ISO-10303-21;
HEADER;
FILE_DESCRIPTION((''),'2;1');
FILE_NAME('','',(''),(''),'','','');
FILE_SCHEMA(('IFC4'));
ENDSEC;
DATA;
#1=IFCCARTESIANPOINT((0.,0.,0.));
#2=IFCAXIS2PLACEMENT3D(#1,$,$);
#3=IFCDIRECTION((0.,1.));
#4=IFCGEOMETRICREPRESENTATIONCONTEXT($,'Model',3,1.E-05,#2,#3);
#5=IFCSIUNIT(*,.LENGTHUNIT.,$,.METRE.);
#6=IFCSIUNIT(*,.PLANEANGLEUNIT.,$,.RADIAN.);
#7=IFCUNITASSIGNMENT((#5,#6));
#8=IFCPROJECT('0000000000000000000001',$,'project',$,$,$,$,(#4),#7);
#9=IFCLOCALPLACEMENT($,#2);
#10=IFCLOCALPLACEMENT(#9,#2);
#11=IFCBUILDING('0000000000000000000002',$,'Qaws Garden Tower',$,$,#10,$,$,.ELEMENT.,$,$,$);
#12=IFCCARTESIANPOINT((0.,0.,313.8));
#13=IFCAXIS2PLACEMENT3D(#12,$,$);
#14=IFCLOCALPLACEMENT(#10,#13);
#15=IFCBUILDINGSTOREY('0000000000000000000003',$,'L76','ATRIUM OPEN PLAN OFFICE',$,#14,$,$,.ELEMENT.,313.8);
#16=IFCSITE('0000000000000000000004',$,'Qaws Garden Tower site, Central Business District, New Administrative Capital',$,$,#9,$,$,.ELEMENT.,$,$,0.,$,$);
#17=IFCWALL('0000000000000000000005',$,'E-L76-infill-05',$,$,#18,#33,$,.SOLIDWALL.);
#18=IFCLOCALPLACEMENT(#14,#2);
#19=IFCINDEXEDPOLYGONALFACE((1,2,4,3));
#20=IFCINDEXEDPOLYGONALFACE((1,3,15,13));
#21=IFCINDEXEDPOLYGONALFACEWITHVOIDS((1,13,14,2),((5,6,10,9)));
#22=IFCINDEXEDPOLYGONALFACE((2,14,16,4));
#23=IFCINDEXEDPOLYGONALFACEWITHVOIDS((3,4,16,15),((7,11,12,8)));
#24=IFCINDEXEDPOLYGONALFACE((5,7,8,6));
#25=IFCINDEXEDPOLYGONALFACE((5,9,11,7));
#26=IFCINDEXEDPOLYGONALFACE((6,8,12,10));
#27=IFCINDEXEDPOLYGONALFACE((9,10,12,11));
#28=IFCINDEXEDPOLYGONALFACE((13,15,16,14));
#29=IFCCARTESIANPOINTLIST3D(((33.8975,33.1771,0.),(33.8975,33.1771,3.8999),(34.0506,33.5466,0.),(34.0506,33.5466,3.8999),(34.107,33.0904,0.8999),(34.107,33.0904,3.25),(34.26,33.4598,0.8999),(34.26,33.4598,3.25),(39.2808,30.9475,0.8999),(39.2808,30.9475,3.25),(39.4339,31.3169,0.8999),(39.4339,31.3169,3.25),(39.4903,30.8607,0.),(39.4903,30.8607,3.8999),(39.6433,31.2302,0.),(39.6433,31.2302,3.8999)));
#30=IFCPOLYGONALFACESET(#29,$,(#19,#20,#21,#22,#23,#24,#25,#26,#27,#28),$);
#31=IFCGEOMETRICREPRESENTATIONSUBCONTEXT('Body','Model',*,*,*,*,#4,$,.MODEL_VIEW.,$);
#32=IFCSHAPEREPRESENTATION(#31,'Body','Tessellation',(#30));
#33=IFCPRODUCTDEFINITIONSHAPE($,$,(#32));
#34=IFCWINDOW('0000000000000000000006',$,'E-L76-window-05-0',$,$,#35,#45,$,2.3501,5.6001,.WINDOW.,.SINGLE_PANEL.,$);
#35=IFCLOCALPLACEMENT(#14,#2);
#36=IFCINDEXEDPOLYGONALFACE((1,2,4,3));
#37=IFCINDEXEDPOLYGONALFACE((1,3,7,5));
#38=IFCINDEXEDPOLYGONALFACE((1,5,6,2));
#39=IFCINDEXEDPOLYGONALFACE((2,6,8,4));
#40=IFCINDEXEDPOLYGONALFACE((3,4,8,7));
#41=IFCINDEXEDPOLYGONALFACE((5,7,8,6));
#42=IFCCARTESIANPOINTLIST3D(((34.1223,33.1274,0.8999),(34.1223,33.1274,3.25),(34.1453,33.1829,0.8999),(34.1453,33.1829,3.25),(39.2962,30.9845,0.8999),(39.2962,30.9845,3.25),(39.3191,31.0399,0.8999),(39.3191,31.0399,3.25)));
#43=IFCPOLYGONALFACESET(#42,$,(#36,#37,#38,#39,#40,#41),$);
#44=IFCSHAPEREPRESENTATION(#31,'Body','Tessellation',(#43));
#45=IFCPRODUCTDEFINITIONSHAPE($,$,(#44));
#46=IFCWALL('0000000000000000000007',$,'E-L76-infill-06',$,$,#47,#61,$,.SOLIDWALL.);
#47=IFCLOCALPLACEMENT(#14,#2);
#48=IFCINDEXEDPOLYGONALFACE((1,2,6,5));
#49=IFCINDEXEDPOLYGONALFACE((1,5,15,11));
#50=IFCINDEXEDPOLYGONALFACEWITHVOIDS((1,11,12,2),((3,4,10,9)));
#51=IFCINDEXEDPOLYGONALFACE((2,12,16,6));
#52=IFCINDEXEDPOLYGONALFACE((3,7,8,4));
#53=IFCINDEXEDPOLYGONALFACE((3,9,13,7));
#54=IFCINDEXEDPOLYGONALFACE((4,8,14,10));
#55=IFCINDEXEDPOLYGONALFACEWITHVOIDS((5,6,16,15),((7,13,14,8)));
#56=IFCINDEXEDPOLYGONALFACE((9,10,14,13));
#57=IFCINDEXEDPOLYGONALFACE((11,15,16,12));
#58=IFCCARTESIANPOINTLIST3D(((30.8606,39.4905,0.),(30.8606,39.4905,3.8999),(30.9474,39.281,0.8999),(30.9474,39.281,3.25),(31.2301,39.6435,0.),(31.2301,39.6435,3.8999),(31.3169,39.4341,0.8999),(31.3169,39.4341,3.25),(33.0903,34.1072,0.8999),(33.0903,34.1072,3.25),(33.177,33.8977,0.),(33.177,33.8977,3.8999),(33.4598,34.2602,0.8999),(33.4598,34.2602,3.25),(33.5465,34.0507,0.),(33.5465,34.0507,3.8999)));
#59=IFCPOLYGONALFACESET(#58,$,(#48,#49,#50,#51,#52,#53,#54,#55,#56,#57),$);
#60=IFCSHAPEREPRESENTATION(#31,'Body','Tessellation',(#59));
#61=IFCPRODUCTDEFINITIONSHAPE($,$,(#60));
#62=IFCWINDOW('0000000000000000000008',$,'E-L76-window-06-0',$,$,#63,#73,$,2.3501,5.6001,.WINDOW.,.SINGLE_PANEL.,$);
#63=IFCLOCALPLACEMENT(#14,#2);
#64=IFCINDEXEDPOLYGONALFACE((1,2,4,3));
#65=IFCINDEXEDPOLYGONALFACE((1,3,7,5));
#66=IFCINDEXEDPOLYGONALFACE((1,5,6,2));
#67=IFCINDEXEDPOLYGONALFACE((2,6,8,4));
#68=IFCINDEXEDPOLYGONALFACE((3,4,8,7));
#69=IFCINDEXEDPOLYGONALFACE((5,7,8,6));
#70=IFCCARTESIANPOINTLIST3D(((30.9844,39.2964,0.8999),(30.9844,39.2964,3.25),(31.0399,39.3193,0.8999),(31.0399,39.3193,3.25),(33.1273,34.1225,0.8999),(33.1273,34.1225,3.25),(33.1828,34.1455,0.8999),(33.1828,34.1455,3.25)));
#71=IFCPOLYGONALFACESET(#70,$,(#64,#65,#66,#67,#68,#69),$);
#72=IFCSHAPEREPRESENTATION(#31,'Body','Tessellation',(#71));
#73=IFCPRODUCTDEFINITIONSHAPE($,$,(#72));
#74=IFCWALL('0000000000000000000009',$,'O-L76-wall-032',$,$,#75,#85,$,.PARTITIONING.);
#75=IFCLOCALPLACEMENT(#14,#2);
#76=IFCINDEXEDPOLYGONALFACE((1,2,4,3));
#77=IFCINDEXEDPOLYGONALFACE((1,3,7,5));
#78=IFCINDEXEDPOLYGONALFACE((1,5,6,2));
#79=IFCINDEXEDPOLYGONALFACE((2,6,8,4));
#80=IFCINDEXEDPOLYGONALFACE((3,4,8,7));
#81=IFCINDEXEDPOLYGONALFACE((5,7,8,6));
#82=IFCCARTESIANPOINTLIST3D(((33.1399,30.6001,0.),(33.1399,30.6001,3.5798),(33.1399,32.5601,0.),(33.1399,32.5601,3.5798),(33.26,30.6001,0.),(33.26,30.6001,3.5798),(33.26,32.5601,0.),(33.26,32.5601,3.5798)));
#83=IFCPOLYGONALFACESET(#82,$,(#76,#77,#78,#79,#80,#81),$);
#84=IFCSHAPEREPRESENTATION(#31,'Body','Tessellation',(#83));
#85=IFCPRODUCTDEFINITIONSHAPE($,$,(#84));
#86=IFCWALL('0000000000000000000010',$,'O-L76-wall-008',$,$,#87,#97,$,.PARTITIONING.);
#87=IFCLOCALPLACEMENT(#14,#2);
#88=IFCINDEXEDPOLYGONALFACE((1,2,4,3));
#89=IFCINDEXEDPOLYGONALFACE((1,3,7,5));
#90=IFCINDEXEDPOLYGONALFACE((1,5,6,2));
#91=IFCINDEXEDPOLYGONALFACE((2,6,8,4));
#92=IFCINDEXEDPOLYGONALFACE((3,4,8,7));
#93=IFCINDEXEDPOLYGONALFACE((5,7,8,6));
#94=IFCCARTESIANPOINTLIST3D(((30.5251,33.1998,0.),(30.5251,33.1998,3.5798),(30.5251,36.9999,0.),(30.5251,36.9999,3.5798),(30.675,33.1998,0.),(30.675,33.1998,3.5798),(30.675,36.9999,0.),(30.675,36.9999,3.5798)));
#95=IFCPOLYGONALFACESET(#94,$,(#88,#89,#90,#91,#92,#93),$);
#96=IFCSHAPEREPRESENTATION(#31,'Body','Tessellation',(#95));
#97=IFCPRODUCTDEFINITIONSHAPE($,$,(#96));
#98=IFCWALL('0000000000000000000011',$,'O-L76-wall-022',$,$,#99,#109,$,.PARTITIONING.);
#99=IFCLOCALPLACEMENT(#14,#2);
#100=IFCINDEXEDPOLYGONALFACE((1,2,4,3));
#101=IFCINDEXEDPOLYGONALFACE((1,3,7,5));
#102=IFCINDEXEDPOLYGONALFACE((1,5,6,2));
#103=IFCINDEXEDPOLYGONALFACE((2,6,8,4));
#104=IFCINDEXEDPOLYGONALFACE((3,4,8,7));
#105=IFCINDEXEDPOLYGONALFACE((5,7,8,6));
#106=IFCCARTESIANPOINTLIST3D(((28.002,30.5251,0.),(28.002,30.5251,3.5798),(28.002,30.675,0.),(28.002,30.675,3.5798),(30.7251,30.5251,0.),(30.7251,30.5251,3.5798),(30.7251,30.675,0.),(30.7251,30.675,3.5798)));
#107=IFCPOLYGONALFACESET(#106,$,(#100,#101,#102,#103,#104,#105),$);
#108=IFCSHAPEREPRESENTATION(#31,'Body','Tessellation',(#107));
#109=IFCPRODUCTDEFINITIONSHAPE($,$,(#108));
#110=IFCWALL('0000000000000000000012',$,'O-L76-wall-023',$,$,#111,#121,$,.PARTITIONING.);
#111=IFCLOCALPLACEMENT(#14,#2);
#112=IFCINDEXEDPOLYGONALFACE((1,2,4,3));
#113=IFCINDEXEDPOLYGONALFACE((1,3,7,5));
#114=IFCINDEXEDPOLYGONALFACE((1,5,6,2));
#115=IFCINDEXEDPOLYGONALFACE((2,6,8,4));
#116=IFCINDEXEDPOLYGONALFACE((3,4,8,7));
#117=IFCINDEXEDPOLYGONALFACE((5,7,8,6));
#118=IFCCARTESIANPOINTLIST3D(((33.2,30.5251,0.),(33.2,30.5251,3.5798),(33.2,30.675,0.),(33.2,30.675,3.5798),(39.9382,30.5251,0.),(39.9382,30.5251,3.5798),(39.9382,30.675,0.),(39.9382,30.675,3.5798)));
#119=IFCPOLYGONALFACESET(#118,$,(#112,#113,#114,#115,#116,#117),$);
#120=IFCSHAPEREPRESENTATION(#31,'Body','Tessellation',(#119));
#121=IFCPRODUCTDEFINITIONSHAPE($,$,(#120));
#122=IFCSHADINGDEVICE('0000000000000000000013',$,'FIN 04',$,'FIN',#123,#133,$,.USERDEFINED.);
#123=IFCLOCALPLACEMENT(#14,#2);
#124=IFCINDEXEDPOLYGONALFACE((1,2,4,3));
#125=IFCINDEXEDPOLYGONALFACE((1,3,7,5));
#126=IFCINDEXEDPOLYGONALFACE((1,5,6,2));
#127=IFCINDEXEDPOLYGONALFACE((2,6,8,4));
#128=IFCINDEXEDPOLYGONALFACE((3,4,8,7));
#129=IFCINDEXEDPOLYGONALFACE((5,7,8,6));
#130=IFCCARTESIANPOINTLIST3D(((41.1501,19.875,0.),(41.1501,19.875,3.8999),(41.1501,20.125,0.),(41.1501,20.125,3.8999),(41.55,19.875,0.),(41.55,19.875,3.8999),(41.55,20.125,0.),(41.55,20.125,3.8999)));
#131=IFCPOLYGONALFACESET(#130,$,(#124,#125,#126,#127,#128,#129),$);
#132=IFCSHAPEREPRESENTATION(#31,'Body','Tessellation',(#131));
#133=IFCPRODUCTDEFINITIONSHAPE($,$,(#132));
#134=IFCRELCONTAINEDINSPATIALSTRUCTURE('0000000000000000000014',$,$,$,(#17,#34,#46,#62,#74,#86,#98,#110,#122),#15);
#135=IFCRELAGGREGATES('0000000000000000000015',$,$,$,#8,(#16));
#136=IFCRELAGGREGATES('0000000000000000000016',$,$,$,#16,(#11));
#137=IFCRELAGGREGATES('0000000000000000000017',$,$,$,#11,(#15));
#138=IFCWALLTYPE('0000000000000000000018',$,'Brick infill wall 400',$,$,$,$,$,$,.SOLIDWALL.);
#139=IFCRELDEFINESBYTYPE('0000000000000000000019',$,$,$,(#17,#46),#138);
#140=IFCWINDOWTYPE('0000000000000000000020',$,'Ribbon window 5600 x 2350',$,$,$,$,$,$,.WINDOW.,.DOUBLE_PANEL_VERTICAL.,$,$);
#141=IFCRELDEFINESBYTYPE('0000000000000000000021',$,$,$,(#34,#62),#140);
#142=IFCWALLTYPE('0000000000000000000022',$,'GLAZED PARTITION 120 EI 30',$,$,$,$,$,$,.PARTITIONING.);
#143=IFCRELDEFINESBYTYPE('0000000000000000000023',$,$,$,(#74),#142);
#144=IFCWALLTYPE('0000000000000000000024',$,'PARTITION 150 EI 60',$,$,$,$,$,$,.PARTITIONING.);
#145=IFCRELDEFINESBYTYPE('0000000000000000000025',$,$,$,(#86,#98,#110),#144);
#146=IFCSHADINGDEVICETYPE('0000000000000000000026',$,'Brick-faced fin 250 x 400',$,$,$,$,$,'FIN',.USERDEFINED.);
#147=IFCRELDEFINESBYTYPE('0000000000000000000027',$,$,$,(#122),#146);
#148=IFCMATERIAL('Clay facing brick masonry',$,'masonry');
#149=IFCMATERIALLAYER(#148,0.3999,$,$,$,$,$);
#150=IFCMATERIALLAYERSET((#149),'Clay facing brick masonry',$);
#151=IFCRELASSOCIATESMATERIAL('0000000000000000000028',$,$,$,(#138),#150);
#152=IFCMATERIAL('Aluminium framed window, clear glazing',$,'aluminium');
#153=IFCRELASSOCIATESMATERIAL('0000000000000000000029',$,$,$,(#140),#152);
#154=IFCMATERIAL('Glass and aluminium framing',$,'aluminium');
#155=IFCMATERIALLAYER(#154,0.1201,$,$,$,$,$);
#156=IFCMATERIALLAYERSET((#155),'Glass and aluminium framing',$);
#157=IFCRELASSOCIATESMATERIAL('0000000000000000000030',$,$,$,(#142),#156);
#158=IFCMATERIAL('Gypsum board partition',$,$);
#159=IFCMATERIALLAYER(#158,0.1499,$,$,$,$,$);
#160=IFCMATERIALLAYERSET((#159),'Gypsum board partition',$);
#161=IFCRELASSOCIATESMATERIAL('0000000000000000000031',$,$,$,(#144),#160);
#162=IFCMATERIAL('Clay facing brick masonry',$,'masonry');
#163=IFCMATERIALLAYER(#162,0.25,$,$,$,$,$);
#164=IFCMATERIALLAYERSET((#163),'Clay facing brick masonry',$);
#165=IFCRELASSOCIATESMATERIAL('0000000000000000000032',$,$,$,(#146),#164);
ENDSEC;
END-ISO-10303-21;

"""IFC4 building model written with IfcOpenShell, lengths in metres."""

from ifc_helpers import new_model, si_unit, direction, frame, frame_2d, origin, origin_2d, place, context, subcontext, project, spatial, rectangle, extrude, material, layer, layer_set, type_object, element, fill, save


model = new_model("IFC4")

# Units and contexts
model_context = context("Model", 3, precision=1e-05, world=origin(), true_north=direction((0.0, 1.0)))
body_context = subcontext(model_context, "Body", "Model", "MODEL_VIEW")
ifc_project = project(units=[si_unit("LENGTHUNIT", "METRE"), si_unit("PLANEANGLEUNIT", "RADIAN")], contexts=[model_context])

# Site, building, storey
site_placement = place(None, origin())
site = spatial("IfcSite", under=ifc_project, at=site_placement, Name="Qaws Garden Tower site, Central Business District, New Administrative Capital", CompositionType="ELEMENT", RefElevation=0.0)
building_placement = place(site_placement, origin())
building = spatial("IfcBuilding", under=site, at=building_placement, Name="Qaws Garden Tower", CompositionType="ELEMENT")
storey_placement = place(building_placement, frame((0.0, 0.0, 313.8)))
storey = spatial("IfcBuildingStorey", under=building, at=storey_placement, Name="L76", Description="ATRIUM OPEN PLAN OFFICE", CompositionType="ELEMENT", Elevation=313.8)

# Walls, openings, windows
ifc_material_1 = material(Name="Clay facing brick masonry", Category="masonry")
ifc_layer_1 = layer(ifc_material_1, 0.3999)
ifc_layer_set_1 = layer_set([ifc_layer_1], Name="Clay facing brick masonry")
wall_type_1 = type_object("IfcWallType", Name="Brick infill wall 400", PredefinedType="SOLIDWALL", material=ifc_layer_set_1)
wall_1_placement = place(storey_placement, frame((39.5669, 31.0454, 0.0), z_axis=(0.0, 0.0, 1.0), x_axis=(-0.923891, 0.382656, 0.0)))
wall_1 = element("IfcWall", 1, at=wall_1_placement, inside=storey, type_object=wall_type_1, Name="E-L76-infill-05", PredefinedType="SOLIDWALL", context=body_context, shape_type="SweptSolid", body=[
    extrude(rectangle(XDim=6.0535, YDim=0.3999, at=frame_2d((3.0269, 0.0))), origin(), (0.0, 0.0, 1.0), 3.8999),
])
opening_1_placement = place(wall_1_placement, frame((0.2268, 0.0, 0.8999)))
opening_1 = element("IfcOpeningElement", 2, at=opening_1_placement, cuts=wall_1, PredefinedType="OPENING", context=body_context, shape_type="SweptSolid", body=[
    extrude(rectangle(XDim=5.6001, YDim=2.3501, at=frame_2d((2.8, 1.175))), frame((0.0, 0.21, 0.0), z_axis=(0.0, -1.0, 0.0), x_axis=(1.0, 0.0, 0.0)), (0.0, 0.0, 1.0), 0.4199),
])
ifc_material_2 = material(Name="Aluminium framed window, clear glazing", Category="aluminium")
window_type = type_object("IfcWindowType", Name="Ribbon window 5600 x 2350", PartitioningType="DOUBLE_PANEL_VERTICAL", PredefinedType="WINDOW", material=ifc_material_2)
window_1_placement = place(opening_1_placement, origin())
window_1 = element("IfcWindow", 3, at=window_1_placement, inside=storey, type_object=window_type, Name="E-L76-window-05-0", OverallHeight=2.3501, OverallWidth=5.6001, PartitioningType="SINGLE_PANEL", PredefinedType="WINDOW", context=body_context, shape_type="SweptSolid", body=[
    extrude(rectangle(XDim=5.6001, YDim=2.3501, at=frame_2d((2.8, 1.175))), frame((0.0, 0.1599, 0.0), z_axis=(0.0, -1.0, 0.0), x_axis=(1.0, 0.0, 0.0)), (0.0, 0.0, 1.0), 0.0601),
])
fill(opening_1, window_1)
wall_2_placement = place(storey_placement, frame((33.3618, 33.9741, 0.0), z_axis=(0.0, 0.0, 1.0), x_axis=(-0.382656, 0.923891, 0.0)))
wall_2 = element("IfcWall", 4, at=wall_2_placement, inside=storey, type_object=wall_type_1, Name="E-L76-infill-06", PredefinedType="SOLIDWALL", context=body_context, shape_type="SweptSolid", body=[
    extrude(rectangle(XDim=6.0535, YDim=0.3999, at=frame_2d((3.0269, 0.0))), origin(), (0.0, 0.0, 1.0), 3.8999),
])
opening_2_placement = place(wall_2_placement, frame((0.2268, 0.0, 0.8999)))
opening_2 = element("IfcOpeningElement", 5, at=opening_2_placement, cuts=wall_2, PredefinedType="OPENING", context=body_context, shape_type="SweptSolid", body=[
    extrude(rectangle(XDim=5.6001, YDim=2.3501, at=frame_2d((2.8, 1.175))), frame((0.0, 0.21, 0.0), z_axis=(0.0, -1.0, 0.0), x_axis=(1.0, 0.0, 0.0)), (0.0, 0.0, 1.0), 0.4199),
])
window_2_placement = place(opening_2_placement, origin())
window_2 = element("IfcWindow", 6, at=window_2_placement, inside=storey, type_object=window_type, Name="E-L76-window-06-0", OverallHeight=2.3501, OverallWidth=5.6001, PartitioningType="SINGLE_PANEL", PredefinedType="WINDOW", context=body_context, shape_type="SweptSolid", body=[
    extrude(rectangle(XDim=5.6001, YDim=2.3501, at=frame_2d((2.8, 1.175))), frame((0.0, 0.1599, 0.0), z_axis=(0.0, -1.0, 0.0), x_axis=(1.0, 0.0, 0.0)), (0.0, 0.0, 1.0), 0.0601),
])
fill(opening_2, window_2)

# Walls
ifc_material_3 = material(Name="Glass and aluminium framing", Category="aluminium")
ifc_layer_2 = layer(ifc_material_3, 0.1201)
ifc_layer_set_2 = layer_set([ifc_layer_2], Name="Glass and aluminium framing")
wall_type_2 = type_object("IfcWallType", Name="GLAZED PARTITION 120 EI 30", PredefinedType="PARTITIONING", material=ifc_layer_set_2)
wall_3_placement = place(storey_placement, frame((33.2, 30.6001, 0.0), z_axis=(0.0, 0.0, 1.0), x_axis=(0.0, 1.0, 0.0)))
element("IfcWall", 7, at=wall_3_placement, inside=storey, type_object=wall_type_2, Name="O-L76-wall-032", PredefinedType="PARTITIONING", context=body_context, shape_type="SweptSolid", body=[
    extrude(rectangle(XDim=1.96, YDim=0.1201, at=frame_2d((0.98, 0.0))), origin(), (0.0, 0.0, 1.0), 3.5798),
])
ifc_material_4 = material(Name="Gypsum board partition")
ifc_layer_3 = layer(ifc_material_4, 0.1499)
ifc_layer_set_3 = layer_set([ifc_layer_3], Name="Gypsum board partition")
wall_type_3 = type_object("IfcWallType", Name="PARTITION 150 EI 60", PredefinedType="PARTITIONING", material=ifc_layer_set_3)
wall_4_placement = place(storey_placement, frame((30.6001, 33.2, 0.0), z_axis=(0.0, 0.0, 1.0), x_axis=(0.0, 1.0, 0.0)))
element("IfcWall", 8, at=wall_4_placement, inside=storey, type_object=wall_type_3, Name="O-L76-wall-008", PredefinedType="PARTITIONING", context=body_context, shape_type="SweptSolid", body=[
    extrude(rectangle(XDim=3.8, YDim=0.1499, at=frame_2d((1.8999, 0.0))), origin(), (0.0, 0.0, 1.0), 3.5798),
])
wall_5_placement = place(storey_placement, frame((28.002, 30.6001, 0.0), z_axis=(0.0, 0.0, 1.0), x_axis=(1.0, 0.0, 0.0)))
element("IfcWall", 9, at=wall_5_placement, inside=storey, type_object=wall_type_3, Name="O-L76-wall-022", PredefinedType="PARTITIONING", context=body_context, shape_type="SweptSolid", body=[
    extrude(rectangle(XDim=2.7231, YDim=0.1499, at=frame_2d((1.3616, 0.0))), origin(), (0.0, 0.0, 1.0), 3.5798),
])
wall_6_placement = place(storey_placement, frame((33.2, 30.6001, 0.0), z_axis=(0.0, 0.0, 1.0), x_axis=(1.0, 0.0, 0.0)))
element("IfcWall", 10, at=wall_6_placement, inside=storey, type_object=wall_type_3, Name="O-L76-wall-023", PredefinedType="PARTITIONING", context=body_context, shape_type="SweptSolid", body=[
    extrude(rectangle(XDim=6.7383, YDim=0.1499, at=frame_2d((3.3691, 0.0))), origin(), (0.0, 0.0, 1.0), 3.5798),
])

# Shading device
ifc_material_5 = material(Name="Clay facing brick masonry", Category="masonry")
ifc_layer_4 = layer(ifc_material_5, 0.25)
ifc_layer_set_4 = layer_set([ifc_layer_4], Name="Clay facing brick masonry")
shading_device_type = type_object("IfcShadingDeviceType", Name="Brick-faced fin 250 x 400", ElementType="FIN", PredefinedType="USERDEFINED", material=ifc_layer_set_4)
shading_device_placement = place(storey_placement, frame((41.3501, 20.0, 0.0), z_axis=(0.0, 0.0, 1.0), x_axis=(0.0, 1.0, 0.0)))
element("IfcShadingDevice", 11, at=shading_device_placement, inside=storey, type_object=shading_device_type, Name="FIN 04", ObjectType="FIN", PredefinedType="USERDEFINED", context=body_context, shape_type="SweptSolid", body=[
    extrude(rectangle(XDim=0.25, YDim=0.3999, at=origin_2d()), origin(), (0.0, 0.0, 1.0), 3.8999),
])

save(model, "model.ifc")
